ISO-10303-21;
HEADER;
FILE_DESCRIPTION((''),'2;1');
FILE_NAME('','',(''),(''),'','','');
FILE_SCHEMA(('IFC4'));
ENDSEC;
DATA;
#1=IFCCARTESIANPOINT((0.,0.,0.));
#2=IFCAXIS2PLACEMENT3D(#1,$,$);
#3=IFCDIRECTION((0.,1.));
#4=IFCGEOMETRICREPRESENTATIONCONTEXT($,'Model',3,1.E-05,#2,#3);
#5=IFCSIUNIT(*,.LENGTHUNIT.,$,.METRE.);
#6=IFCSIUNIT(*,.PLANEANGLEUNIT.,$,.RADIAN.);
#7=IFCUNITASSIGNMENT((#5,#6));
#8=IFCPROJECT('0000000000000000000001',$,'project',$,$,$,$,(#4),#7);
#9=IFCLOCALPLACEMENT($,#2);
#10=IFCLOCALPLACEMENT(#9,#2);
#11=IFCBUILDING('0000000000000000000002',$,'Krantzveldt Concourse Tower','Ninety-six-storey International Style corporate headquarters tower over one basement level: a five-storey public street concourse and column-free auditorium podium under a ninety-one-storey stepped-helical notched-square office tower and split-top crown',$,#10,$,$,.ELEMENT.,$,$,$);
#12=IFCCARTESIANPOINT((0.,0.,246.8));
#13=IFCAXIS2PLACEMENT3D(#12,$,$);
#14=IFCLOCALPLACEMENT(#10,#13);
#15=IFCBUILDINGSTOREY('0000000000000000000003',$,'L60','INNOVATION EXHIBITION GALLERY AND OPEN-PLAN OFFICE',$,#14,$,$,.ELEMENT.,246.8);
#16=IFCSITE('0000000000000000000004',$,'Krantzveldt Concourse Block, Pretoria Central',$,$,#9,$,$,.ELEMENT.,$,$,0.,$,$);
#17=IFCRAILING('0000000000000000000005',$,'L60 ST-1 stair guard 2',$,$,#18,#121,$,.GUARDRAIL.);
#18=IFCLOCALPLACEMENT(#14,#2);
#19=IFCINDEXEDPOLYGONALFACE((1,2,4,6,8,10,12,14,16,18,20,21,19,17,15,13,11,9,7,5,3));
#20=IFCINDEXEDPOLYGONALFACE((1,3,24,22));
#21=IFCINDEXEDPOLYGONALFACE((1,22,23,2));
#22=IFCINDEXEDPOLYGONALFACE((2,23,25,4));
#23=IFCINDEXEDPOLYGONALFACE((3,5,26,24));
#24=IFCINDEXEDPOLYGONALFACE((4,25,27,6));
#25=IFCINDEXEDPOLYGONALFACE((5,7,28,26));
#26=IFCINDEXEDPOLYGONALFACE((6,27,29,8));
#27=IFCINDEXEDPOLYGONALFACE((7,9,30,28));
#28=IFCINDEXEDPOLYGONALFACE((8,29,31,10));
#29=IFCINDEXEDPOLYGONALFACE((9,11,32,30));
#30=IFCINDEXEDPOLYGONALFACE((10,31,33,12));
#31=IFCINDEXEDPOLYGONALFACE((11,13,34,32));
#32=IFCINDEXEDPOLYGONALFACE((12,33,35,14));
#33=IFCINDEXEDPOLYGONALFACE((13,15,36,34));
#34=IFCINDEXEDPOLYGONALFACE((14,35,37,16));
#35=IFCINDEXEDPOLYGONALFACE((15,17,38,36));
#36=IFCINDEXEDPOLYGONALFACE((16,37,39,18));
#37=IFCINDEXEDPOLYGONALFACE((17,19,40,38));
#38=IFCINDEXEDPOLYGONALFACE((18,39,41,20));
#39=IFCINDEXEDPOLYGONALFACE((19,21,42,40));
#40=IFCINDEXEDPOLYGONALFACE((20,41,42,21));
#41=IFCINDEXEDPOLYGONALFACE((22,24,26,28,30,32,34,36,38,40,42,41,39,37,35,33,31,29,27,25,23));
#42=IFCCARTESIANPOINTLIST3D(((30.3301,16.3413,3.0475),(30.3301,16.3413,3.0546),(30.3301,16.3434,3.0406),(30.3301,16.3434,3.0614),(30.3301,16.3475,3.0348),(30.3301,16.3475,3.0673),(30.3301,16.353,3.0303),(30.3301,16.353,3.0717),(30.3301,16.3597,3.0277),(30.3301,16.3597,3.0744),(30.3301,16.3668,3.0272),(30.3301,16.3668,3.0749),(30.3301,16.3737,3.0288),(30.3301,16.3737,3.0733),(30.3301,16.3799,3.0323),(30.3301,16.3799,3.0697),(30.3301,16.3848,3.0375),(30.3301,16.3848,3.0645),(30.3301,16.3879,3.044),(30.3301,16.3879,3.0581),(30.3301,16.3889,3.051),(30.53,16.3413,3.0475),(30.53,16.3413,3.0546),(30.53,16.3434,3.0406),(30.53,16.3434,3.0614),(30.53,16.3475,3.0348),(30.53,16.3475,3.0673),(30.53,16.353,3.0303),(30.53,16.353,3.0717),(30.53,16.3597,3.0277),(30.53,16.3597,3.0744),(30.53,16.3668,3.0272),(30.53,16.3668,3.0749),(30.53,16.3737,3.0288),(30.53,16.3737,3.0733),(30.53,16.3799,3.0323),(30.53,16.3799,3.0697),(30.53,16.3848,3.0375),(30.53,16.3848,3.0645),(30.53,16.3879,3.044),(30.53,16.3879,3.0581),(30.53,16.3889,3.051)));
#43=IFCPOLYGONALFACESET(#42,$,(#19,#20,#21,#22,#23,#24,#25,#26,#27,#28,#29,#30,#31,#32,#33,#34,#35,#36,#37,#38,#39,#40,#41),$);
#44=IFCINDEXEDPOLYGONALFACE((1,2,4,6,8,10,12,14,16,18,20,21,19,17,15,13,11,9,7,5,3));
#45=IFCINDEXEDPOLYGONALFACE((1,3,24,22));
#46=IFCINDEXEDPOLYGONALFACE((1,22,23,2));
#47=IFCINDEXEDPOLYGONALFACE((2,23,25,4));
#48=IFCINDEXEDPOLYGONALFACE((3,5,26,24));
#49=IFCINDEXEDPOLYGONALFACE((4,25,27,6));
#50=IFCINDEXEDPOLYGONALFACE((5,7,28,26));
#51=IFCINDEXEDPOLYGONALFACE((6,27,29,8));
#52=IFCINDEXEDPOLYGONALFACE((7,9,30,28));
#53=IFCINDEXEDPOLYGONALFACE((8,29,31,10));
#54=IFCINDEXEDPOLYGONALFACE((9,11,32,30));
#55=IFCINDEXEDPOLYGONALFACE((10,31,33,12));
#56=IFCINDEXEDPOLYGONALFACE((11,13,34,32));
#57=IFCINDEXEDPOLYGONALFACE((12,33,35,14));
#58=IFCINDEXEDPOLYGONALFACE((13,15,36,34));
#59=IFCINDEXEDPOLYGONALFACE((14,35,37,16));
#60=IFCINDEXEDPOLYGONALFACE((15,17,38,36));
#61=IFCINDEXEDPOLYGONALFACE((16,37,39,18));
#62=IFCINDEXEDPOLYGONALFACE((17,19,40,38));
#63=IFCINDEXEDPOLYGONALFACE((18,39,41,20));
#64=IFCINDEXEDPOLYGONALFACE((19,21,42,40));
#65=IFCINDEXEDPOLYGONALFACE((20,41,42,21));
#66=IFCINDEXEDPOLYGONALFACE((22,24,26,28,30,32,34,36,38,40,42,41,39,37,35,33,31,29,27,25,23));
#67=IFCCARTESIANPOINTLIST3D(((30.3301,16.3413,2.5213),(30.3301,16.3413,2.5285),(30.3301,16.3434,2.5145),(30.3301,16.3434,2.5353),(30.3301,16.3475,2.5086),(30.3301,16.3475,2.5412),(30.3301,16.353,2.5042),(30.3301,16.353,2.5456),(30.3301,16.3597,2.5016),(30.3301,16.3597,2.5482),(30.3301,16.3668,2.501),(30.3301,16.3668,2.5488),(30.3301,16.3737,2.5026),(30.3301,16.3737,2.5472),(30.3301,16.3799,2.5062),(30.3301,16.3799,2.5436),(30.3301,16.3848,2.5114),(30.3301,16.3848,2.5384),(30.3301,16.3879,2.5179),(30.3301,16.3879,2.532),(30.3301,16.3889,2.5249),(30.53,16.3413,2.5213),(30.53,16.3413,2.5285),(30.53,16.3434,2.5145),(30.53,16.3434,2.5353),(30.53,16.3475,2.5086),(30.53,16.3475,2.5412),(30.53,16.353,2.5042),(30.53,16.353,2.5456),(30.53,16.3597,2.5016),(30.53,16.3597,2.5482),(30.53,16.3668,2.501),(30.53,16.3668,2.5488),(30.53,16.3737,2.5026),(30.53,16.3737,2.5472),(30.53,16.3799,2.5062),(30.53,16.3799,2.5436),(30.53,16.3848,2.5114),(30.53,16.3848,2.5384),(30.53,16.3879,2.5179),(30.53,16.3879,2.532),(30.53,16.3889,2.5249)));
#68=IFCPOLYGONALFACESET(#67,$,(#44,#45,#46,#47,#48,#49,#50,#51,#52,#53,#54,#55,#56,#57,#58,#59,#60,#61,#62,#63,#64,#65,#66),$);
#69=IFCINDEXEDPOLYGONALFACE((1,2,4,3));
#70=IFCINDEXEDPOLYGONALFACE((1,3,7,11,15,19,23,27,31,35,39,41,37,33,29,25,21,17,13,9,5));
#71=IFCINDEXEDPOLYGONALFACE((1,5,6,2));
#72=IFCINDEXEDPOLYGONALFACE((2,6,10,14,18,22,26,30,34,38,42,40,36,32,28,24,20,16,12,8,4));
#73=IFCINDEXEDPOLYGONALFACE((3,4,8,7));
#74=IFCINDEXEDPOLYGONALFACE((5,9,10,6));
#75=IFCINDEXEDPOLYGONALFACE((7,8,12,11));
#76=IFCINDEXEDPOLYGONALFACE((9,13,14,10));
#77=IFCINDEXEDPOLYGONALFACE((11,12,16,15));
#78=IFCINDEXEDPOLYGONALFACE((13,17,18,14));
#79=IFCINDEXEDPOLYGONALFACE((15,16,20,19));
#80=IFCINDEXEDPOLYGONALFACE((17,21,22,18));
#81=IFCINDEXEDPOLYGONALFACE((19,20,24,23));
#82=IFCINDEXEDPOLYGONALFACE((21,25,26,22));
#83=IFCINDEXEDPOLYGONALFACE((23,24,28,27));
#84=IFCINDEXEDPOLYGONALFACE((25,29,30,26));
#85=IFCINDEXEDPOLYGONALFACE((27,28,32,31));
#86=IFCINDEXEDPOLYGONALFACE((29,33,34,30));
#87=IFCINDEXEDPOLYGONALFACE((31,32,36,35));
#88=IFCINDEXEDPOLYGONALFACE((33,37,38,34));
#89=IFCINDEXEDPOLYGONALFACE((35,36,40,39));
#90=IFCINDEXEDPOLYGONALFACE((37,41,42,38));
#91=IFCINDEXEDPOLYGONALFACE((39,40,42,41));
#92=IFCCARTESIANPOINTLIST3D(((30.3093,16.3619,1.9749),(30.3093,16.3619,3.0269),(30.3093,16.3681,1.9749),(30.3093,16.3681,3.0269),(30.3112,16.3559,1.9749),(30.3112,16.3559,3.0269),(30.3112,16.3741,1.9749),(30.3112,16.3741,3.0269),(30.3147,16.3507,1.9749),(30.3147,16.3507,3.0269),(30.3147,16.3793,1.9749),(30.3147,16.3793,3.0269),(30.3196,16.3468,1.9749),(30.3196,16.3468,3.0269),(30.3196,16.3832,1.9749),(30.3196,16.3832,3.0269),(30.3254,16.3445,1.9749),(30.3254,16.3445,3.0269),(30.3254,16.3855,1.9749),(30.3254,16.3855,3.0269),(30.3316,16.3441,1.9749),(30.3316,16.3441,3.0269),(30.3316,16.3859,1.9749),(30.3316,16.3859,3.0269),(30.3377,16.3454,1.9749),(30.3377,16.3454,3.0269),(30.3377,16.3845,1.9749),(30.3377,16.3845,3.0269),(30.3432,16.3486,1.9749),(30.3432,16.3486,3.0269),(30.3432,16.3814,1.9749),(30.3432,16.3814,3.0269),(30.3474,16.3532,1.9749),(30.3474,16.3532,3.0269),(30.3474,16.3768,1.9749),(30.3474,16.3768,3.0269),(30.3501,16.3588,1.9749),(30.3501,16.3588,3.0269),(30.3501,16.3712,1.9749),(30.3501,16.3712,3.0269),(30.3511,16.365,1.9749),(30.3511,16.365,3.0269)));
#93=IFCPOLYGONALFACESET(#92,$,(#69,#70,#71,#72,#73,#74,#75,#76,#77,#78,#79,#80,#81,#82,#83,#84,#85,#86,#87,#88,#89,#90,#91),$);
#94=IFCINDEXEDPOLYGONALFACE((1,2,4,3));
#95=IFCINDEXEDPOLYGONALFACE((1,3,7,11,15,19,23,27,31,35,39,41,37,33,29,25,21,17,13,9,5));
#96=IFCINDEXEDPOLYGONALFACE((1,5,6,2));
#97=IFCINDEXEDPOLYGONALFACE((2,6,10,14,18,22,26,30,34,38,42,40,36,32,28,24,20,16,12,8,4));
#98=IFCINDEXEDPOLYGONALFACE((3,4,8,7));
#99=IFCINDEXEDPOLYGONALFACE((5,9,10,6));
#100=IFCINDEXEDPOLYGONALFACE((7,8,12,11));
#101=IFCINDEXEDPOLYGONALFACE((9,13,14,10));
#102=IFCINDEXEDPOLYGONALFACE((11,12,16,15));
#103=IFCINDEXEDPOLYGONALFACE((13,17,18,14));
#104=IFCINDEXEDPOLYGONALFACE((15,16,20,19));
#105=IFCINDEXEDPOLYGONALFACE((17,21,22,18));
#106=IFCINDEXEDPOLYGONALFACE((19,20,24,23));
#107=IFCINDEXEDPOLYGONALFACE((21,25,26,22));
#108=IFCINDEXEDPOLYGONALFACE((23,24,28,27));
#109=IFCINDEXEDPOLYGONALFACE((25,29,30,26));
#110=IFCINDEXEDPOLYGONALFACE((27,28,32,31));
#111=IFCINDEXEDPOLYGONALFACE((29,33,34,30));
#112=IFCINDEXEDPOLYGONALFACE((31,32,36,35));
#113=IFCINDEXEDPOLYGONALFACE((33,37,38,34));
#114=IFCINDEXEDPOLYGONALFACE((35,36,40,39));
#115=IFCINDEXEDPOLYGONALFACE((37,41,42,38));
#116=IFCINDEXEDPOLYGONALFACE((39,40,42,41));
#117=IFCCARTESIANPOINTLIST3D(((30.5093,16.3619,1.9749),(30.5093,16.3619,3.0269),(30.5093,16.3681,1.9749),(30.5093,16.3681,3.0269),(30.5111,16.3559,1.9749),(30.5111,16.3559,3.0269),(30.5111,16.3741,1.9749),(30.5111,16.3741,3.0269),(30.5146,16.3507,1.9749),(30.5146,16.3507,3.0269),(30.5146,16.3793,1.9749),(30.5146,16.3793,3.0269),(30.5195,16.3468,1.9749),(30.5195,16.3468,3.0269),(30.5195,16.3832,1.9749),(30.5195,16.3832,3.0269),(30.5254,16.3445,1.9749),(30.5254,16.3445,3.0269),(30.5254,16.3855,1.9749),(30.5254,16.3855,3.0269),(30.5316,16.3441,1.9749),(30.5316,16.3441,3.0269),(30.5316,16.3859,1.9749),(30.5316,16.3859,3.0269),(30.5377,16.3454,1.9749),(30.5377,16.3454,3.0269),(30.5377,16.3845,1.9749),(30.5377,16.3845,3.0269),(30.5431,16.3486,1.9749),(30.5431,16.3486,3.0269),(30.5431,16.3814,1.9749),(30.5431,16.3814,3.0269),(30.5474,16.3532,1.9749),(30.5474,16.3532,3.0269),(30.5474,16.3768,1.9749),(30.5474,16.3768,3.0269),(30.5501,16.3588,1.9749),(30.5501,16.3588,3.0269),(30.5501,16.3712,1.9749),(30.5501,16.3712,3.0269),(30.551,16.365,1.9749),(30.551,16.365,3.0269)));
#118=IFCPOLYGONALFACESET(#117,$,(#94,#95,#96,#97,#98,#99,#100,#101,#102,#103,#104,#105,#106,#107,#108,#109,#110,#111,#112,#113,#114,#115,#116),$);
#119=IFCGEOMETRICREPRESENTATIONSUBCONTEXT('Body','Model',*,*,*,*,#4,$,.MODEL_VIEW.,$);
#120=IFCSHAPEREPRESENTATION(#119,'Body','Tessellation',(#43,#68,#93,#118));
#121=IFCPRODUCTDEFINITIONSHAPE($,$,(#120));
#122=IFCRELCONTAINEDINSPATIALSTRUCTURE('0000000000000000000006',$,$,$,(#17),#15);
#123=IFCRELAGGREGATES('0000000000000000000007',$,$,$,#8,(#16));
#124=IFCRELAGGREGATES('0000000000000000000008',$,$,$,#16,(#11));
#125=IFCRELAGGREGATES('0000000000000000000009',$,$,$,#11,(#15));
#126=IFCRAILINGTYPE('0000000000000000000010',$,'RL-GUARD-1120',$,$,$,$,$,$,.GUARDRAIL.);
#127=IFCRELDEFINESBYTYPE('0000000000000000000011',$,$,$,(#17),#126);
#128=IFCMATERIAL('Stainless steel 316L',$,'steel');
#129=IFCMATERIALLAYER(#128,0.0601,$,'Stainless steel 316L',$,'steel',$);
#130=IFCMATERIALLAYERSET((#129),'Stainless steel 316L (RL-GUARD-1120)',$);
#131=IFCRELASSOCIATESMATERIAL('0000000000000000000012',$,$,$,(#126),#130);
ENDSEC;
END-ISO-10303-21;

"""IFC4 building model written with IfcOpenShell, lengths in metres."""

from ifc_helpers import new_model, si_unit, direction, frame, origin, origin_2d, place, context, subcontext, project, spatial, circle, extrude, material, layer, layer_set, type_object, element, save


model = new_model("IFC4")

# Units and contexts
model_context = context("Model", 3, precision=1e-05, world=origin(), true_north=direction((0.0, 1.0)))
body_context = subcontext(model_context, "Body", "Model", "MODEL_VIEW")
ifc_project = project(units=[si_unit("LENGTHUNIT", "METRE"), si_unit("PLANEANGLEUNIT", "RADIAN")], contexts=[model_context])

# Site, building, storey
site_placement = place(None, origin())
site = spatial("IfcSite", under=ifc_project, at=site_placement, Name="Krantzveldt Concourse Block, Pretoria Central", CompositionType="ELEMENT", RefElevation=0.0)
building_placement = place(site_placement, origin())
building = spatial("IfcBuilding", under=site, at=building_placement, Name="Krantzveldt Concourse Tower", Description="Ninety-six-storey International Style corporate headquarters tower over one basement level: a five-storey public street concourse and column-free auditorium podium under a ninety-one-storey stepped-helical notched-square office tower and split-top crown", CompositionType="ELEMENT")
storey_placement = place(building_placement, frame((0.0, 0.0, 246.8)))
storey = spatial("IfcBuildingStorey", under=building, at=storey_placement, Name="L60", Description="INNOVATION EXHIBITION GALLERY AND OPEN-PLAN OFFICE", CompositionType="ELEMENT", Elevation=246.8)

# Shared definitions
ifc_material_1 = material(Name="Stainless steel 316L", Category="steel")

# Railing
ifc_layer_1 = layer(ifc_material_1, 0.0601, Name="Stainless steel 316L", Category="steel")
ifc_layer_set_1 = layer_set([ifc_layer_1], Name="Stainless steel 316L (RL-GUARD-1120)")
railing_type_1 = type_object("IfcRailingType", Name="RL-GUARD-1120", PredefinedType="GUARDRAIL", material=ifc_layer_set_1)
railing_1_placement = place(storey_placement, frame((30.3301, 16.365, 1.9749)))
element("IfcRailing", 1, at=railing_1_placement, inside=storey, type_object=railing_type_1, Name="L60 ST-1 stair guard 2", PredefinedType="GUARDRAIL", context=body_context, shape_type="SweptSolid", body=[
    extrude(circle(Radius=0.0239, at=origin_2d()), frame((0.0, 0.0, 1.0762), z_axis=(1.0, 0.0, 0.0), x_axis=(0.0, 1.0, 0.0)), (0.0, 0.0, 1.0), 0.2),
    extrude(circle(Radius=0.0239, at=origin_2d()), frame((0.0, 0.0, 0.55), z_axis=(1.0, 0.0, 0.0), x_axis=(0.0, 1.0, 0.0)), (0.0, 0.0, 1.0), 0.2),
    extrude(circle(Radius=0.021, at=origin_2d()), origin(), (0.0, 0.0, 1.0), 1.052),
    extrude(circle(Radius=0.021, at=origin_2d()), frame((0.2, 0.0, 0.0)), (0.0, 0.0, 1.0), 1.052),
])

save(model, "model.ifc")
